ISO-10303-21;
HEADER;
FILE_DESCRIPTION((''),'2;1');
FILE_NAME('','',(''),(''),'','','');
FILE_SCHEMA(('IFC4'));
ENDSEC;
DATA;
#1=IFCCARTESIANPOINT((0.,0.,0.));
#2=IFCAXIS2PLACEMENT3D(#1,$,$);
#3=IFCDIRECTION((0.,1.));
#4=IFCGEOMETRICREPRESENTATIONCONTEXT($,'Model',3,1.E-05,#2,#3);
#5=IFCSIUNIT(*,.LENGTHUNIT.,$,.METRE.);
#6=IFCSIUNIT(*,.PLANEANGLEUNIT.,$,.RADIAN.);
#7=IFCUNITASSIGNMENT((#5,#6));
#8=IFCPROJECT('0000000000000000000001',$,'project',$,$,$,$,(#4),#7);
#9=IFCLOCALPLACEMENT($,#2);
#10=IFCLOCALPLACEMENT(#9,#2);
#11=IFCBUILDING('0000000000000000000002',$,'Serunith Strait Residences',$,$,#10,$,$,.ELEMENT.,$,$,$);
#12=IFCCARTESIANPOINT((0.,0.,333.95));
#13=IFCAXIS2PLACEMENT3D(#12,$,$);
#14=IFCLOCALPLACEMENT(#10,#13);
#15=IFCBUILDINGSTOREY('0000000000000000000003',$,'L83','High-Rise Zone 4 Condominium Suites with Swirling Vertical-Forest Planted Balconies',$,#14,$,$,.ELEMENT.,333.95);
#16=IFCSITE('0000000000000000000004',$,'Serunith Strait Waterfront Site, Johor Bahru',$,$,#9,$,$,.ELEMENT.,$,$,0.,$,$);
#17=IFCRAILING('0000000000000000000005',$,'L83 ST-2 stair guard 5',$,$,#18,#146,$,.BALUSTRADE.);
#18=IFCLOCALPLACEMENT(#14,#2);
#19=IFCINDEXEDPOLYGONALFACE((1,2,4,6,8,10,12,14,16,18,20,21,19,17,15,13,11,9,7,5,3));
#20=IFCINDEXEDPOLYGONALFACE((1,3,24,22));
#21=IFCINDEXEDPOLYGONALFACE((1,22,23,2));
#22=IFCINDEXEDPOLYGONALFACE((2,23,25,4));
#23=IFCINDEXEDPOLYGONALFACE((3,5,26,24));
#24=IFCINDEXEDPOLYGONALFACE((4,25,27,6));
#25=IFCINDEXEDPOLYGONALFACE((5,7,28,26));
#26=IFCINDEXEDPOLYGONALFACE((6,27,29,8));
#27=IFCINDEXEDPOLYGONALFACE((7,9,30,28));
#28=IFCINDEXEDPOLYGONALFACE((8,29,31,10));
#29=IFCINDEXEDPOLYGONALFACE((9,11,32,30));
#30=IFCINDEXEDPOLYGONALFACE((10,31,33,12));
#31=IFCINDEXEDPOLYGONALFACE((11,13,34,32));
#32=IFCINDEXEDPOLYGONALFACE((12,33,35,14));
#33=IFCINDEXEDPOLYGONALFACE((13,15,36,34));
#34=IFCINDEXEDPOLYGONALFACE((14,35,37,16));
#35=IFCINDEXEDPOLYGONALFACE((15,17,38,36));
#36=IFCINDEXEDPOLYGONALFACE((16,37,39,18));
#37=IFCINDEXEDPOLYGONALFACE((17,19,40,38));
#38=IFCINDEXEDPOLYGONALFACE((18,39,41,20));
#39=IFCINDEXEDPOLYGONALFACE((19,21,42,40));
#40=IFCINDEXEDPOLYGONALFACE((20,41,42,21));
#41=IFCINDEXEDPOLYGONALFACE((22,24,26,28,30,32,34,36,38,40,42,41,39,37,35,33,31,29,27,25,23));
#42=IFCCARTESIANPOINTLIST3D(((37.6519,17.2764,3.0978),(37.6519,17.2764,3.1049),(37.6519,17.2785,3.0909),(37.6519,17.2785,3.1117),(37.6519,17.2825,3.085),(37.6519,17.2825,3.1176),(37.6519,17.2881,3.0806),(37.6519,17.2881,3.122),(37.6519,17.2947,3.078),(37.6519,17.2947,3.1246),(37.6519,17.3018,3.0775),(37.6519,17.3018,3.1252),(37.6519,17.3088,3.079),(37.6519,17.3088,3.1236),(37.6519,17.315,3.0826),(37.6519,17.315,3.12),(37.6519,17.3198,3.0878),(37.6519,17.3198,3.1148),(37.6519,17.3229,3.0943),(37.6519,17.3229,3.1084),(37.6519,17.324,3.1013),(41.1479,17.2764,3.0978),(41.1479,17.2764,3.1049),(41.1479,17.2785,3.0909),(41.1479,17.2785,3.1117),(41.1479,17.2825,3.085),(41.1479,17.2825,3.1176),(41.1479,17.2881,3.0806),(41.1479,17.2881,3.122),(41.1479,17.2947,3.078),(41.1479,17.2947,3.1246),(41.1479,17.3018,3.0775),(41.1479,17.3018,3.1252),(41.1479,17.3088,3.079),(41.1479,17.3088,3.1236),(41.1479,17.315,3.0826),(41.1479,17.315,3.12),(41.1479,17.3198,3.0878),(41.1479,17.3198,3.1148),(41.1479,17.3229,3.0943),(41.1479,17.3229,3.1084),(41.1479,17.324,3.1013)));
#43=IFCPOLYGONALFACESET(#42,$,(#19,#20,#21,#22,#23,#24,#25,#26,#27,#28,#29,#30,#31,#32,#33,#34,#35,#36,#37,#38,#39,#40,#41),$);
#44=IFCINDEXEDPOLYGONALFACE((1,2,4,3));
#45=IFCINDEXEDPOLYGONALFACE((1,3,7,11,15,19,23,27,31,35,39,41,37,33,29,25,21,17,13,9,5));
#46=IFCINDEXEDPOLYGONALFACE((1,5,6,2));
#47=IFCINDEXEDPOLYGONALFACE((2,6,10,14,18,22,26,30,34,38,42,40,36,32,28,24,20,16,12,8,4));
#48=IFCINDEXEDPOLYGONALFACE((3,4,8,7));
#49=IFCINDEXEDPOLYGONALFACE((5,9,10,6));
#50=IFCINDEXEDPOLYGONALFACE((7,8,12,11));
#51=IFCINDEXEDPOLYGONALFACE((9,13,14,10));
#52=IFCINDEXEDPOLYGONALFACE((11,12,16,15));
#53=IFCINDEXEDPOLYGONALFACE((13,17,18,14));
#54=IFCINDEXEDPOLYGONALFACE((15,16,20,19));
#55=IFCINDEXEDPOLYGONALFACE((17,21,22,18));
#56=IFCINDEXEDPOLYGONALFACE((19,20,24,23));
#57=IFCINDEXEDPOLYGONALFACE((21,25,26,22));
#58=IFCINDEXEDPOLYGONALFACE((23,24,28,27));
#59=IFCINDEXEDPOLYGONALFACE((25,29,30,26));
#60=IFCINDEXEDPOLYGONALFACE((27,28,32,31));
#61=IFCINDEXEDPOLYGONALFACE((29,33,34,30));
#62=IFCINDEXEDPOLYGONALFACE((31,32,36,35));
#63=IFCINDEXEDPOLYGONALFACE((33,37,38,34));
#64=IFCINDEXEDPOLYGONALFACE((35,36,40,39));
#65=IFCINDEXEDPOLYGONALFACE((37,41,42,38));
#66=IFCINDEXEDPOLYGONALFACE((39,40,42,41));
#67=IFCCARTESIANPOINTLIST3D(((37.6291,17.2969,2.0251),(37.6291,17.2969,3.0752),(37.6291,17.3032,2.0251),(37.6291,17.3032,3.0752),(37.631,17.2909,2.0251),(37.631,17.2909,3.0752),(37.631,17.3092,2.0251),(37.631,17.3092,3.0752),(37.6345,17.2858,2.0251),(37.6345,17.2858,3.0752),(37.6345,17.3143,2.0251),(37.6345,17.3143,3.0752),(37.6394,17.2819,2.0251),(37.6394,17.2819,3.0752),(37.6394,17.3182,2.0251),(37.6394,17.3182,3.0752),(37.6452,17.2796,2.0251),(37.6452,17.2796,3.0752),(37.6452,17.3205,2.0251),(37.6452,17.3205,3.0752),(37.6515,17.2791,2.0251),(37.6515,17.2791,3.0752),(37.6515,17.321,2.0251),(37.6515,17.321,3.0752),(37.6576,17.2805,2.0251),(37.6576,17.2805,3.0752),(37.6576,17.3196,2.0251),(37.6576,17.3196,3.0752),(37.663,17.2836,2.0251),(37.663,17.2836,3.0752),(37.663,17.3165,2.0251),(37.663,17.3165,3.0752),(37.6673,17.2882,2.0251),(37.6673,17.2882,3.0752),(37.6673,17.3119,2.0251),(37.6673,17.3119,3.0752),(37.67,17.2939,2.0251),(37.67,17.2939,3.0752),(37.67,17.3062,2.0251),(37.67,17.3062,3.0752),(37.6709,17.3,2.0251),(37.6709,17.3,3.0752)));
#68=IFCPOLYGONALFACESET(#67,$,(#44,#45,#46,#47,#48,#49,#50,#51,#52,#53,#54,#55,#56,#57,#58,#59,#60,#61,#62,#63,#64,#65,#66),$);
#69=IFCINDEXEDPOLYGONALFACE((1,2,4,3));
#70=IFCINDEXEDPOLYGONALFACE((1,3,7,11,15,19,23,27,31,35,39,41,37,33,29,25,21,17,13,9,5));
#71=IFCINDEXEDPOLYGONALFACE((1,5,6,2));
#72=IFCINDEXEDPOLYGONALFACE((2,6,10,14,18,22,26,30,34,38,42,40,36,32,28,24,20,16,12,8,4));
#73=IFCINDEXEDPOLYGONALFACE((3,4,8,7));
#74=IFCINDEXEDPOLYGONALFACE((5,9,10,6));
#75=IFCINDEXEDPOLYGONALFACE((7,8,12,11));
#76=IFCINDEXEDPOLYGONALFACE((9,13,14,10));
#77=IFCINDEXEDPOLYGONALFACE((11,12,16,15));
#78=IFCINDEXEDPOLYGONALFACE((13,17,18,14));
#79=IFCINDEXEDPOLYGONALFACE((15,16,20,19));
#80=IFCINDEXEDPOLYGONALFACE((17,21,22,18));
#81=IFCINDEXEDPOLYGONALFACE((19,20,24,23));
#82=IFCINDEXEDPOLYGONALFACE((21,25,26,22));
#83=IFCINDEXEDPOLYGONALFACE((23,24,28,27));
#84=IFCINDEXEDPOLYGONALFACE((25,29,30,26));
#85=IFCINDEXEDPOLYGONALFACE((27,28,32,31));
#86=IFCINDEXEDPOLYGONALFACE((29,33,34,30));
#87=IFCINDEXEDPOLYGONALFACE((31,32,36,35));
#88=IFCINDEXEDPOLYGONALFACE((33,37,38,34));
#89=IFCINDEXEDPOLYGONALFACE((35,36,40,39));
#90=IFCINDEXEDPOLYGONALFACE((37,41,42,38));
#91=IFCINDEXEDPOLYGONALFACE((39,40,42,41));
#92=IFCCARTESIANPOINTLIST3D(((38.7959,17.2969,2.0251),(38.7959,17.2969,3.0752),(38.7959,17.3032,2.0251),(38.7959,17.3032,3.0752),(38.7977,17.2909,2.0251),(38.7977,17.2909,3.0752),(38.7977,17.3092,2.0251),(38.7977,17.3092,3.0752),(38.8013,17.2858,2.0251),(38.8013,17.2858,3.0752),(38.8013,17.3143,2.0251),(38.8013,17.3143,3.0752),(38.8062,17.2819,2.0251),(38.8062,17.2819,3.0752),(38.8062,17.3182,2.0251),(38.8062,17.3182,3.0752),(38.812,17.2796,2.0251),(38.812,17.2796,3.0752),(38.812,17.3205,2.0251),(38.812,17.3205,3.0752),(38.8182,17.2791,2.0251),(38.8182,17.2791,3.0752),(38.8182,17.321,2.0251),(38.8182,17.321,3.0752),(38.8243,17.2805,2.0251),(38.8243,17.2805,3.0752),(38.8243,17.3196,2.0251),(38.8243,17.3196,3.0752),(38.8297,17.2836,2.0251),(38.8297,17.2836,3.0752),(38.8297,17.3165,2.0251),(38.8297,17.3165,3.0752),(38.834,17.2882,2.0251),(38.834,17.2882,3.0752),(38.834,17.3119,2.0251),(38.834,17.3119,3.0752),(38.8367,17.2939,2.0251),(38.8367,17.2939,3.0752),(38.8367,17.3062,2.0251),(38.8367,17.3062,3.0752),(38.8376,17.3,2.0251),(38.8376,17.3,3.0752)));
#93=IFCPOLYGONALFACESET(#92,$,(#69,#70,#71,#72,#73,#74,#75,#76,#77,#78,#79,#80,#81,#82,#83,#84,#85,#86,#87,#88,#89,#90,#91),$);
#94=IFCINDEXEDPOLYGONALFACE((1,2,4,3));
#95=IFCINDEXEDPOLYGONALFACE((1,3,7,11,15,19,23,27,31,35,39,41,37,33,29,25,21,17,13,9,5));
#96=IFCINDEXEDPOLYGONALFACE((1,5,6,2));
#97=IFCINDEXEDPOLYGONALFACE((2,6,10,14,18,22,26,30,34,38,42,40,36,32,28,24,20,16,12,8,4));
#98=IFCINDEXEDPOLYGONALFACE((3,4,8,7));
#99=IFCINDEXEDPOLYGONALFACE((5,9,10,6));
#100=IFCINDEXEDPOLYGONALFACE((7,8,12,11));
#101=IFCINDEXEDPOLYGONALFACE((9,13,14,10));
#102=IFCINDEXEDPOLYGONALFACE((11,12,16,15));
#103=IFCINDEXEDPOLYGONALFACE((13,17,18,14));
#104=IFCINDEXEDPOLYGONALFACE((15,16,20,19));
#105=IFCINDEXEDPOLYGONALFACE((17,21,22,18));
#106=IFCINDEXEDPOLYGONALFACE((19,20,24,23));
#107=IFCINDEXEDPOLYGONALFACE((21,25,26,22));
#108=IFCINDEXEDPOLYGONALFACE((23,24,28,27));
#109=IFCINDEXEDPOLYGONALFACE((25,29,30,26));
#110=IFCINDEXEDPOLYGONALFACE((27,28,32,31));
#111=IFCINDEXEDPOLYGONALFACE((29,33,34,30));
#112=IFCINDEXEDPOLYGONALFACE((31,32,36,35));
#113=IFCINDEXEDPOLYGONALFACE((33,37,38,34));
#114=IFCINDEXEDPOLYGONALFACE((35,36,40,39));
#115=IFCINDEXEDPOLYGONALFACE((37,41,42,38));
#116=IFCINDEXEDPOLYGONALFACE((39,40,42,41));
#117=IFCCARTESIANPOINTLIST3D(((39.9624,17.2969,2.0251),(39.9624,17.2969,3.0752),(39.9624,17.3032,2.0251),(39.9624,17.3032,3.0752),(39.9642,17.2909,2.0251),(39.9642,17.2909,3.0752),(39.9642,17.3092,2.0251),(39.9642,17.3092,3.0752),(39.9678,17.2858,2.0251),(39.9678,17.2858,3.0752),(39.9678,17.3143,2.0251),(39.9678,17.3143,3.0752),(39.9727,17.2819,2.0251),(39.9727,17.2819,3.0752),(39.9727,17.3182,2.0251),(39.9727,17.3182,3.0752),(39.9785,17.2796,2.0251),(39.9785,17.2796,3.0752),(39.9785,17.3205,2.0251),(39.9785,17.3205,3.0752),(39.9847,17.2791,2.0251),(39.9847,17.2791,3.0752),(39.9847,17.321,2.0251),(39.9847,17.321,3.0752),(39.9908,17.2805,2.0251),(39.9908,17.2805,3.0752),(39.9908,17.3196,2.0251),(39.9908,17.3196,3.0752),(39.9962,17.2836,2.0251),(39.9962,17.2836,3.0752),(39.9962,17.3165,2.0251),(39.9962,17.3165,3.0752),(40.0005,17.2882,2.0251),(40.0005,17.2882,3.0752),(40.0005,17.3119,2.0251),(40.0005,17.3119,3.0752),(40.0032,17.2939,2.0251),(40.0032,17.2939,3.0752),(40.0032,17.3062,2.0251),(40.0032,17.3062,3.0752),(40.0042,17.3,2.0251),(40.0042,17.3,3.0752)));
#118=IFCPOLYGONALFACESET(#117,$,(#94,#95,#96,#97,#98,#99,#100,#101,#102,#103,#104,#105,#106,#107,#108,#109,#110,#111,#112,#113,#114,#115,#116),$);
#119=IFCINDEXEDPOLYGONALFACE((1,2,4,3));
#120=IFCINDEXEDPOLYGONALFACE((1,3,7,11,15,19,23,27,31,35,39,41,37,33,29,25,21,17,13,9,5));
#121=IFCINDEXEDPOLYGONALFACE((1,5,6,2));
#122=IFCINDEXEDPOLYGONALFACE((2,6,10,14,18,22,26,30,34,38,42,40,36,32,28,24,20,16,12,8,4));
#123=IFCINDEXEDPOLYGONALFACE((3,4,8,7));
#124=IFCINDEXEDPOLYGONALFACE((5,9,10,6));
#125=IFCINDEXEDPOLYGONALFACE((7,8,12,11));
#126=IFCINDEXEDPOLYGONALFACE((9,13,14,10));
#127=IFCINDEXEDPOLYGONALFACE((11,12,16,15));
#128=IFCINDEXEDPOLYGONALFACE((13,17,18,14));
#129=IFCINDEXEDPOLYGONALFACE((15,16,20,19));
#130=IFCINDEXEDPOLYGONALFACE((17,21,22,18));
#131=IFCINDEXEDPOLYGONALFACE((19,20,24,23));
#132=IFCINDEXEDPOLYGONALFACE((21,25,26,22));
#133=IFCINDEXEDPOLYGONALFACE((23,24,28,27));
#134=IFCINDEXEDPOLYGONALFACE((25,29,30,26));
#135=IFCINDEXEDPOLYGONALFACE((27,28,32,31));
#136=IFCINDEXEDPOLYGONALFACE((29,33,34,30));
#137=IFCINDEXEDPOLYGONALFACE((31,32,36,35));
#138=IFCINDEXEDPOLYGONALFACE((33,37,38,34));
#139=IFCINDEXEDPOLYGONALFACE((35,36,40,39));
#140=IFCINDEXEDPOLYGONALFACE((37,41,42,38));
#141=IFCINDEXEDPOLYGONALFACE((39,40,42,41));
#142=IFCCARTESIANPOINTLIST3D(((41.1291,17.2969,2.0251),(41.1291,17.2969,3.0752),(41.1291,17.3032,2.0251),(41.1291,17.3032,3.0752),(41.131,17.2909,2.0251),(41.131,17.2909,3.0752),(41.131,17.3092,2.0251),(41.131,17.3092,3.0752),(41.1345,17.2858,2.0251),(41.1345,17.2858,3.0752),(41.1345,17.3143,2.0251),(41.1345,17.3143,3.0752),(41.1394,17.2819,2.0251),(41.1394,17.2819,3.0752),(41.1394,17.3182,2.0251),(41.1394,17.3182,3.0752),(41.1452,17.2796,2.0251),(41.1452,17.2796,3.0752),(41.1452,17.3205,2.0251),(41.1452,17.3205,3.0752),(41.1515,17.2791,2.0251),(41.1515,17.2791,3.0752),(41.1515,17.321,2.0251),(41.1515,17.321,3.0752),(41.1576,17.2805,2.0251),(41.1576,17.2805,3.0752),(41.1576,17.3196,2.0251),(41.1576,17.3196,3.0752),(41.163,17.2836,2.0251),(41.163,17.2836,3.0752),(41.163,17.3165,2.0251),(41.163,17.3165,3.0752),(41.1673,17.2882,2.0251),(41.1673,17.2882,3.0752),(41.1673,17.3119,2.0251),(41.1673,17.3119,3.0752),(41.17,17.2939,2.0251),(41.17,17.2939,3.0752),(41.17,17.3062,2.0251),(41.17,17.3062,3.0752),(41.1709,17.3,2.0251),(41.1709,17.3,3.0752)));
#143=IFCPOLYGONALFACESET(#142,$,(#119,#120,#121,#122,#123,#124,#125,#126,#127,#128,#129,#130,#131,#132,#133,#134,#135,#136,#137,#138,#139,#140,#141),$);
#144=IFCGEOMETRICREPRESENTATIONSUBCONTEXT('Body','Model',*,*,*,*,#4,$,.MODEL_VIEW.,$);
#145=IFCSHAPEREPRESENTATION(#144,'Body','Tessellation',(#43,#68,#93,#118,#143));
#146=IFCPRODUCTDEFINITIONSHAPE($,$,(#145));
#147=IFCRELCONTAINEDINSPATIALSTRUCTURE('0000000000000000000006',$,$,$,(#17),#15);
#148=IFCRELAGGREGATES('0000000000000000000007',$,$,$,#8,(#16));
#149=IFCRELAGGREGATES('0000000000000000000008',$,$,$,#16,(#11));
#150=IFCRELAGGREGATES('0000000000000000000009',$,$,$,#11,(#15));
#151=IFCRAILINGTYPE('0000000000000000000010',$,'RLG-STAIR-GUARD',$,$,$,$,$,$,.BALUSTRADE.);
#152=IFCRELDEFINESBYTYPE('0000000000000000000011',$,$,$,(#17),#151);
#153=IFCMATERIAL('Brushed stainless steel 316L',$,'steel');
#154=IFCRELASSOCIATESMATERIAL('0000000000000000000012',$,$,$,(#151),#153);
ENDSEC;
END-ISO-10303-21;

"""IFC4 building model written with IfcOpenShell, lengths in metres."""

from ifc_helpers import new_model, si_unit, direction, frame, origin, origin_2d, place, context, subcontext, project, spatial, circle, extrude, material, type_object, element, save


model = new_model("IFC4")

# Units and contexts
model_context = context("Model", 3, precision=1e-05, world=origin(), true_north=direction((0.0, 1.0)))
body_context = subcontext(model_context, "Body", "Model", "MODEL_VIEW")
ifc_project = project(units=[si_unit("LENGTHUNIT", "METRE"), si_unit("PLANEANGLEUNIT", "RADIAN")], contexts=[model_context])

# Site, building, storey
site_placement = place(None, origin())
site = spatial("IfcSite", under=ifc_project, at=site_placement, Name="Serunith Strait Waterfront Site, Johor Bahru", CompositionType="ELEMENT", RefElevation=0.0)
building_placement = place(site_placement, origin())
building = spatial("IfcBuilding", under=site, at=building_placement, Name="Serunith Strait Residences", CompositionType="ELEMENT")
storey_placement = place(building_placement, frame((0.0, 0.0, 333.95)))
storey = spatial("IfcBuildingStorey", under=building, at=storey_placement, Name="L83", Description="High-Rise Zone 4 Condominium Suites with Swirling Vertical-Forest Planted Balconies", CompositionType="ELEMENT", Elevation=333.95)

# Railing
ifc_material_1 = material(Name="Brushed stainless steel 316L", Category="steel")
railing_type_1 = type_object("IfcRailingType", Name="RLG-STAIR-GUARD", PredefinedType="BALUSTRADE", material=ifc_material_1)
railing_1_placement = place(storey_placement, frame((37.6499, 17.3, 2.0251)))
element("IfcRailing", 1, at=railing_1_placement, inside=storey, type_object=railing_type_1, Name="L83 ST-2 stair guard 5", PredefinedType="BALUSTRADE", context=body_context, shape_type="SweptSolid", body=[
    extrude(circle(Radius=0.0239, at=origin_2d()), frame((0.002, 0.0, 1.0762), z_axis=(1.0, 0.0, 0.0), x_axis=(0.0, 1.0, 0.0)), (0.0, 0.0, 1.0), 3.4961),
    extrude(circle(Radius=0.021, at=origin_2d()), origin(), (0.0, 0.0, 1.0), 1.05),
    extrude(circle(Radius=0.021, at=origin_2d()), frame((1.1667, 0.0, 0.0)), (0.0, 0.0, 1.0), 1.05),
    extrude(circle(Radius=0.021, at=origin_2d()), frame((2.3333, 0.0, 0.0)), (0.0, 0.0, 1.0), 1.05),
    extrude(circle(Radius=0.021, at=origin_2d()), frame((3.5, 0.0, 0.0)), (0.0, 0.0, 1.0), 1.05),
])

save(model, "model.ifc")
